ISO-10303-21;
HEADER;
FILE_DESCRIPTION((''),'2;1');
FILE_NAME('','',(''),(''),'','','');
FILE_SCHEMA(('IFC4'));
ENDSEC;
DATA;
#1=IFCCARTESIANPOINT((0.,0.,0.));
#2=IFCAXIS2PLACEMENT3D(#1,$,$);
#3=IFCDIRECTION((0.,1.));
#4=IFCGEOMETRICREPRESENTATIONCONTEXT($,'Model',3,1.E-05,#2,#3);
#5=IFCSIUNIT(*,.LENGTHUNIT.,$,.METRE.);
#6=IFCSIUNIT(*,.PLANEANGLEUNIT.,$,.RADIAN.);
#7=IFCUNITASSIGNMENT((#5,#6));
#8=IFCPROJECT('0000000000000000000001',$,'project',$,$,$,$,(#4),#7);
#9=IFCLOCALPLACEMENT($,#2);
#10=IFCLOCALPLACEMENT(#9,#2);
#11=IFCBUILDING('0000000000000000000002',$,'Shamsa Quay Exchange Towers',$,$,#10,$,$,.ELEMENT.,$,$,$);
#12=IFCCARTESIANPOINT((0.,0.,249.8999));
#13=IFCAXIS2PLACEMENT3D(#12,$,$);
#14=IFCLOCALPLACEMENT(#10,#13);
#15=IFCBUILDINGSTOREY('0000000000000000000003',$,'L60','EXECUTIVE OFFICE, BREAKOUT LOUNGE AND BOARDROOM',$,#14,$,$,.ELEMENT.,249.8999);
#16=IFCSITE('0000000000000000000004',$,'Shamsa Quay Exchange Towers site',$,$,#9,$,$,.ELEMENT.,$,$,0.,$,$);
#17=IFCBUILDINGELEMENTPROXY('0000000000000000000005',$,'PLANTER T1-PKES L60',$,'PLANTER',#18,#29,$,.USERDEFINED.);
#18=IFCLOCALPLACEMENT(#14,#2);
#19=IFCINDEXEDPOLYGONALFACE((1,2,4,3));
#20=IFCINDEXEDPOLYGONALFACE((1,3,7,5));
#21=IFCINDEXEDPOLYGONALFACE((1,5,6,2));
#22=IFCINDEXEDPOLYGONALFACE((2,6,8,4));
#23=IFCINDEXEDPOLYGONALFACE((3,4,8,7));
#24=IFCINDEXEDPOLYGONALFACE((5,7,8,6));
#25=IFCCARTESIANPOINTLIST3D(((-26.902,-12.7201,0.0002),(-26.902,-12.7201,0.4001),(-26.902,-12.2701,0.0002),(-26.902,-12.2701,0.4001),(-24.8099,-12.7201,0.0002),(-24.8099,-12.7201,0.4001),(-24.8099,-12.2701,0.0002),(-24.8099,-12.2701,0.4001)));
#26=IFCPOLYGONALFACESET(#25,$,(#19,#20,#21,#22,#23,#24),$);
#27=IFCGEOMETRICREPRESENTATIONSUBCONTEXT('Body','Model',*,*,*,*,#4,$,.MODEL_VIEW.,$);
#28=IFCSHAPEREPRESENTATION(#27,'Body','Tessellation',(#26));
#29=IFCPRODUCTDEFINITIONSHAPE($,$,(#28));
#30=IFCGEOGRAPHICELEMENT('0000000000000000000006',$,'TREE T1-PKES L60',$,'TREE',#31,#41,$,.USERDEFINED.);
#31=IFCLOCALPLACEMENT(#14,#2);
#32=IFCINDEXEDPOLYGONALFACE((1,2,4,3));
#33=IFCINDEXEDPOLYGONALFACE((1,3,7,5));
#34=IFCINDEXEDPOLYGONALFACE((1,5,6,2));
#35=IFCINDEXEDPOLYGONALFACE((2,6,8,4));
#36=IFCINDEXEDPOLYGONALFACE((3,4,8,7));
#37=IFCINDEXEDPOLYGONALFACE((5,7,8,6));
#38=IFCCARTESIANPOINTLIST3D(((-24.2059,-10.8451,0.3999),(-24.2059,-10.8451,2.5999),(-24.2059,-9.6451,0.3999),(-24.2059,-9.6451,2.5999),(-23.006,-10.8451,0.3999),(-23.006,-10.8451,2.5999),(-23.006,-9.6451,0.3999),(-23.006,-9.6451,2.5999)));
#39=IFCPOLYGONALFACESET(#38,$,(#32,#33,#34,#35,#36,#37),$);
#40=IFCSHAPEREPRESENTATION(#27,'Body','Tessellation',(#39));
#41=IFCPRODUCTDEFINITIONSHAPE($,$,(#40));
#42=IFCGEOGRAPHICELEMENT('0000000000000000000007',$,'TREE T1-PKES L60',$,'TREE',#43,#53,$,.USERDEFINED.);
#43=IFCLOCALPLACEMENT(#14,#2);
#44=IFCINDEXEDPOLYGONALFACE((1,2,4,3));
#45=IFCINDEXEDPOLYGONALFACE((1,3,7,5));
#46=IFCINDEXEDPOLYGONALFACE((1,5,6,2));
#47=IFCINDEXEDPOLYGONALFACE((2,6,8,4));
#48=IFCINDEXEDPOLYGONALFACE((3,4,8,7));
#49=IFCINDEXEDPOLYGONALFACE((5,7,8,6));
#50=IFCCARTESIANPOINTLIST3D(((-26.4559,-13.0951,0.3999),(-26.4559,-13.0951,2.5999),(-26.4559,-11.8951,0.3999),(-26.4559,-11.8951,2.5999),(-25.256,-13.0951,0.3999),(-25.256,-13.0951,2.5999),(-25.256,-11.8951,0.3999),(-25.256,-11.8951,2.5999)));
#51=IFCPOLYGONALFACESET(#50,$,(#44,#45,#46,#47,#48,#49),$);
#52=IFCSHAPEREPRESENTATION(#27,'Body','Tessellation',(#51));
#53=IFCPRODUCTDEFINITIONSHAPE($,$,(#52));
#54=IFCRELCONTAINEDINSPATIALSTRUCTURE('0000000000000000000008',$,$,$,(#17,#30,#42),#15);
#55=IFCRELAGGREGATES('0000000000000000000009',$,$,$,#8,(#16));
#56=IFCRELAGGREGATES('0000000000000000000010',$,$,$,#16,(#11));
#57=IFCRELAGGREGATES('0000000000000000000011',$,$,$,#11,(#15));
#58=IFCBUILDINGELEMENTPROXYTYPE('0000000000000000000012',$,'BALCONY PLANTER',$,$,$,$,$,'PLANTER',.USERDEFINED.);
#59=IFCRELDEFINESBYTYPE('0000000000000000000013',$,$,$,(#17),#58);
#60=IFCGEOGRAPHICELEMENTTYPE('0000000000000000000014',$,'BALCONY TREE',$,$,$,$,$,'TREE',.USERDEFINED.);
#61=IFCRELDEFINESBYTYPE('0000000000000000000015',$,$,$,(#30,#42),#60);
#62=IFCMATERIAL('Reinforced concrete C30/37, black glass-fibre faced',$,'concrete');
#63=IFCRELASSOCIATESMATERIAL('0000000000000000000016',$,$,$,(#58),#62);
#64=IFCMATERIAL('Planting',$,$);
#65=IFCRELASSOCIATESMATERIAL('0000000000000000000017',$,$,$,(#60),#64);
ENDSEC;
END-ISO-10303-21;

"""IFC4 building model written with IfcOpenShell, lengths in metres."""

from ifc_helpers import new_model, si_unit, direction, frame, origin, origin_2d, place, context, subcontext, project, spatial, rectangle, extrude, material, type_object, element, save


model = new_model("IFC4")

# Units and contexts
model_context = context("Model", 3, precision=1e-05, world=origin(), true_north=direction((0.0, 1.0)))
body_context = subcontext(model_context, "Body", "Model", "MODEL_VIEW")
ifc_project = project(units=[si_unit("LENGTHUNIT", "METRE"), si_unit("PLANEANGLEUNIT", "RADIAN")], contexts=[model_context])

# Site, building, storey
site_placement = place(None, origin())
site = spatial("IfcSite", under=ifc_project, at=site_placement, Name="Shamsa Quay Exchange Towers site", CompositionType="ELEMENT", RefElevation=0.0)
building_placement = place(site_placement, origin())
building = spatial("IfcBuilding", under=site, at=building_placement, Name="Shamsa Quay Exchange Towers", CompositionType="ELEMENT")
storey_placement = place(building_placement, frame((0.0, 0.0, 249.8999)))
storey = spatial("IfcBuildingStorey", under=building, at=storey_placement, Name="L60", Description="EXECUTIVE OFFICE, BREAKOUT LOUNGE AND BOARDROOM", CompositionType="ELEMENT", Elevation=249.8999)

# Building element proxy
ifc_material_1 = material(Name="Reinforced concrete C30/37, black glass-fibre faced", Category="concrete")
building_element_proxy_type = type_object("IfcBuildingElementProxyType", Name="BALCONY PLANTER", ElementType="PLANTER", PredefinedType="USERDEFINED", material=ifc_material_1)
for number, where, name in (
    (1, (-25.856, -12.4951, 0.0002), "PLANTER T1-PKES L60"),
):
    element("IfcBuildingElementProxy", number, at=place(storey_placement, frame(where)), inside=storey, type_object=building_element_proxy_type, Name=name, ObjectType="PLANTER", PredefinedType="USERDEFINED", context=body_context, shape_type="SweptSolid", body=[
        extrude(rectangle(XDim=2.092, YDim=0.45, at=origin_2d()), origin(), (0.0, 0.0, 1.0), 0.3999),
    ])

# Geographic elements
ifc_material_2 = material(Name="Planting")
geographic_element_type = type_object("IfcGeographicElementType", Name="BALCONY TREE", ElementType="TREE", PredefinedType="USERDEFINED", material=ifc_material_2)
for number, where, name in (
    (2, (-23.606, -10.2451, 0.3999), "TREE T1-PKES L60"),
    (3, (-25.856, -12.4951, 0.3999), "TREE T1-PKES L60"),
):
    element("IfcGeographicElement", number, at=place(storey_placement, frame(where)), inside=storey, type_object=geographic_element_type, Name=name, ObjectType="TREE", PredefinedType="USERDEFINED", context=body_context, shape_type="SweptSolid", body=[
        extrude(rectangle(XDim=1.2, YDim=1.2, at=origin_2d()), origin(), (0.0, 0.0, 1.0), 2.2),
    ])

save(model, "model.ifc")
